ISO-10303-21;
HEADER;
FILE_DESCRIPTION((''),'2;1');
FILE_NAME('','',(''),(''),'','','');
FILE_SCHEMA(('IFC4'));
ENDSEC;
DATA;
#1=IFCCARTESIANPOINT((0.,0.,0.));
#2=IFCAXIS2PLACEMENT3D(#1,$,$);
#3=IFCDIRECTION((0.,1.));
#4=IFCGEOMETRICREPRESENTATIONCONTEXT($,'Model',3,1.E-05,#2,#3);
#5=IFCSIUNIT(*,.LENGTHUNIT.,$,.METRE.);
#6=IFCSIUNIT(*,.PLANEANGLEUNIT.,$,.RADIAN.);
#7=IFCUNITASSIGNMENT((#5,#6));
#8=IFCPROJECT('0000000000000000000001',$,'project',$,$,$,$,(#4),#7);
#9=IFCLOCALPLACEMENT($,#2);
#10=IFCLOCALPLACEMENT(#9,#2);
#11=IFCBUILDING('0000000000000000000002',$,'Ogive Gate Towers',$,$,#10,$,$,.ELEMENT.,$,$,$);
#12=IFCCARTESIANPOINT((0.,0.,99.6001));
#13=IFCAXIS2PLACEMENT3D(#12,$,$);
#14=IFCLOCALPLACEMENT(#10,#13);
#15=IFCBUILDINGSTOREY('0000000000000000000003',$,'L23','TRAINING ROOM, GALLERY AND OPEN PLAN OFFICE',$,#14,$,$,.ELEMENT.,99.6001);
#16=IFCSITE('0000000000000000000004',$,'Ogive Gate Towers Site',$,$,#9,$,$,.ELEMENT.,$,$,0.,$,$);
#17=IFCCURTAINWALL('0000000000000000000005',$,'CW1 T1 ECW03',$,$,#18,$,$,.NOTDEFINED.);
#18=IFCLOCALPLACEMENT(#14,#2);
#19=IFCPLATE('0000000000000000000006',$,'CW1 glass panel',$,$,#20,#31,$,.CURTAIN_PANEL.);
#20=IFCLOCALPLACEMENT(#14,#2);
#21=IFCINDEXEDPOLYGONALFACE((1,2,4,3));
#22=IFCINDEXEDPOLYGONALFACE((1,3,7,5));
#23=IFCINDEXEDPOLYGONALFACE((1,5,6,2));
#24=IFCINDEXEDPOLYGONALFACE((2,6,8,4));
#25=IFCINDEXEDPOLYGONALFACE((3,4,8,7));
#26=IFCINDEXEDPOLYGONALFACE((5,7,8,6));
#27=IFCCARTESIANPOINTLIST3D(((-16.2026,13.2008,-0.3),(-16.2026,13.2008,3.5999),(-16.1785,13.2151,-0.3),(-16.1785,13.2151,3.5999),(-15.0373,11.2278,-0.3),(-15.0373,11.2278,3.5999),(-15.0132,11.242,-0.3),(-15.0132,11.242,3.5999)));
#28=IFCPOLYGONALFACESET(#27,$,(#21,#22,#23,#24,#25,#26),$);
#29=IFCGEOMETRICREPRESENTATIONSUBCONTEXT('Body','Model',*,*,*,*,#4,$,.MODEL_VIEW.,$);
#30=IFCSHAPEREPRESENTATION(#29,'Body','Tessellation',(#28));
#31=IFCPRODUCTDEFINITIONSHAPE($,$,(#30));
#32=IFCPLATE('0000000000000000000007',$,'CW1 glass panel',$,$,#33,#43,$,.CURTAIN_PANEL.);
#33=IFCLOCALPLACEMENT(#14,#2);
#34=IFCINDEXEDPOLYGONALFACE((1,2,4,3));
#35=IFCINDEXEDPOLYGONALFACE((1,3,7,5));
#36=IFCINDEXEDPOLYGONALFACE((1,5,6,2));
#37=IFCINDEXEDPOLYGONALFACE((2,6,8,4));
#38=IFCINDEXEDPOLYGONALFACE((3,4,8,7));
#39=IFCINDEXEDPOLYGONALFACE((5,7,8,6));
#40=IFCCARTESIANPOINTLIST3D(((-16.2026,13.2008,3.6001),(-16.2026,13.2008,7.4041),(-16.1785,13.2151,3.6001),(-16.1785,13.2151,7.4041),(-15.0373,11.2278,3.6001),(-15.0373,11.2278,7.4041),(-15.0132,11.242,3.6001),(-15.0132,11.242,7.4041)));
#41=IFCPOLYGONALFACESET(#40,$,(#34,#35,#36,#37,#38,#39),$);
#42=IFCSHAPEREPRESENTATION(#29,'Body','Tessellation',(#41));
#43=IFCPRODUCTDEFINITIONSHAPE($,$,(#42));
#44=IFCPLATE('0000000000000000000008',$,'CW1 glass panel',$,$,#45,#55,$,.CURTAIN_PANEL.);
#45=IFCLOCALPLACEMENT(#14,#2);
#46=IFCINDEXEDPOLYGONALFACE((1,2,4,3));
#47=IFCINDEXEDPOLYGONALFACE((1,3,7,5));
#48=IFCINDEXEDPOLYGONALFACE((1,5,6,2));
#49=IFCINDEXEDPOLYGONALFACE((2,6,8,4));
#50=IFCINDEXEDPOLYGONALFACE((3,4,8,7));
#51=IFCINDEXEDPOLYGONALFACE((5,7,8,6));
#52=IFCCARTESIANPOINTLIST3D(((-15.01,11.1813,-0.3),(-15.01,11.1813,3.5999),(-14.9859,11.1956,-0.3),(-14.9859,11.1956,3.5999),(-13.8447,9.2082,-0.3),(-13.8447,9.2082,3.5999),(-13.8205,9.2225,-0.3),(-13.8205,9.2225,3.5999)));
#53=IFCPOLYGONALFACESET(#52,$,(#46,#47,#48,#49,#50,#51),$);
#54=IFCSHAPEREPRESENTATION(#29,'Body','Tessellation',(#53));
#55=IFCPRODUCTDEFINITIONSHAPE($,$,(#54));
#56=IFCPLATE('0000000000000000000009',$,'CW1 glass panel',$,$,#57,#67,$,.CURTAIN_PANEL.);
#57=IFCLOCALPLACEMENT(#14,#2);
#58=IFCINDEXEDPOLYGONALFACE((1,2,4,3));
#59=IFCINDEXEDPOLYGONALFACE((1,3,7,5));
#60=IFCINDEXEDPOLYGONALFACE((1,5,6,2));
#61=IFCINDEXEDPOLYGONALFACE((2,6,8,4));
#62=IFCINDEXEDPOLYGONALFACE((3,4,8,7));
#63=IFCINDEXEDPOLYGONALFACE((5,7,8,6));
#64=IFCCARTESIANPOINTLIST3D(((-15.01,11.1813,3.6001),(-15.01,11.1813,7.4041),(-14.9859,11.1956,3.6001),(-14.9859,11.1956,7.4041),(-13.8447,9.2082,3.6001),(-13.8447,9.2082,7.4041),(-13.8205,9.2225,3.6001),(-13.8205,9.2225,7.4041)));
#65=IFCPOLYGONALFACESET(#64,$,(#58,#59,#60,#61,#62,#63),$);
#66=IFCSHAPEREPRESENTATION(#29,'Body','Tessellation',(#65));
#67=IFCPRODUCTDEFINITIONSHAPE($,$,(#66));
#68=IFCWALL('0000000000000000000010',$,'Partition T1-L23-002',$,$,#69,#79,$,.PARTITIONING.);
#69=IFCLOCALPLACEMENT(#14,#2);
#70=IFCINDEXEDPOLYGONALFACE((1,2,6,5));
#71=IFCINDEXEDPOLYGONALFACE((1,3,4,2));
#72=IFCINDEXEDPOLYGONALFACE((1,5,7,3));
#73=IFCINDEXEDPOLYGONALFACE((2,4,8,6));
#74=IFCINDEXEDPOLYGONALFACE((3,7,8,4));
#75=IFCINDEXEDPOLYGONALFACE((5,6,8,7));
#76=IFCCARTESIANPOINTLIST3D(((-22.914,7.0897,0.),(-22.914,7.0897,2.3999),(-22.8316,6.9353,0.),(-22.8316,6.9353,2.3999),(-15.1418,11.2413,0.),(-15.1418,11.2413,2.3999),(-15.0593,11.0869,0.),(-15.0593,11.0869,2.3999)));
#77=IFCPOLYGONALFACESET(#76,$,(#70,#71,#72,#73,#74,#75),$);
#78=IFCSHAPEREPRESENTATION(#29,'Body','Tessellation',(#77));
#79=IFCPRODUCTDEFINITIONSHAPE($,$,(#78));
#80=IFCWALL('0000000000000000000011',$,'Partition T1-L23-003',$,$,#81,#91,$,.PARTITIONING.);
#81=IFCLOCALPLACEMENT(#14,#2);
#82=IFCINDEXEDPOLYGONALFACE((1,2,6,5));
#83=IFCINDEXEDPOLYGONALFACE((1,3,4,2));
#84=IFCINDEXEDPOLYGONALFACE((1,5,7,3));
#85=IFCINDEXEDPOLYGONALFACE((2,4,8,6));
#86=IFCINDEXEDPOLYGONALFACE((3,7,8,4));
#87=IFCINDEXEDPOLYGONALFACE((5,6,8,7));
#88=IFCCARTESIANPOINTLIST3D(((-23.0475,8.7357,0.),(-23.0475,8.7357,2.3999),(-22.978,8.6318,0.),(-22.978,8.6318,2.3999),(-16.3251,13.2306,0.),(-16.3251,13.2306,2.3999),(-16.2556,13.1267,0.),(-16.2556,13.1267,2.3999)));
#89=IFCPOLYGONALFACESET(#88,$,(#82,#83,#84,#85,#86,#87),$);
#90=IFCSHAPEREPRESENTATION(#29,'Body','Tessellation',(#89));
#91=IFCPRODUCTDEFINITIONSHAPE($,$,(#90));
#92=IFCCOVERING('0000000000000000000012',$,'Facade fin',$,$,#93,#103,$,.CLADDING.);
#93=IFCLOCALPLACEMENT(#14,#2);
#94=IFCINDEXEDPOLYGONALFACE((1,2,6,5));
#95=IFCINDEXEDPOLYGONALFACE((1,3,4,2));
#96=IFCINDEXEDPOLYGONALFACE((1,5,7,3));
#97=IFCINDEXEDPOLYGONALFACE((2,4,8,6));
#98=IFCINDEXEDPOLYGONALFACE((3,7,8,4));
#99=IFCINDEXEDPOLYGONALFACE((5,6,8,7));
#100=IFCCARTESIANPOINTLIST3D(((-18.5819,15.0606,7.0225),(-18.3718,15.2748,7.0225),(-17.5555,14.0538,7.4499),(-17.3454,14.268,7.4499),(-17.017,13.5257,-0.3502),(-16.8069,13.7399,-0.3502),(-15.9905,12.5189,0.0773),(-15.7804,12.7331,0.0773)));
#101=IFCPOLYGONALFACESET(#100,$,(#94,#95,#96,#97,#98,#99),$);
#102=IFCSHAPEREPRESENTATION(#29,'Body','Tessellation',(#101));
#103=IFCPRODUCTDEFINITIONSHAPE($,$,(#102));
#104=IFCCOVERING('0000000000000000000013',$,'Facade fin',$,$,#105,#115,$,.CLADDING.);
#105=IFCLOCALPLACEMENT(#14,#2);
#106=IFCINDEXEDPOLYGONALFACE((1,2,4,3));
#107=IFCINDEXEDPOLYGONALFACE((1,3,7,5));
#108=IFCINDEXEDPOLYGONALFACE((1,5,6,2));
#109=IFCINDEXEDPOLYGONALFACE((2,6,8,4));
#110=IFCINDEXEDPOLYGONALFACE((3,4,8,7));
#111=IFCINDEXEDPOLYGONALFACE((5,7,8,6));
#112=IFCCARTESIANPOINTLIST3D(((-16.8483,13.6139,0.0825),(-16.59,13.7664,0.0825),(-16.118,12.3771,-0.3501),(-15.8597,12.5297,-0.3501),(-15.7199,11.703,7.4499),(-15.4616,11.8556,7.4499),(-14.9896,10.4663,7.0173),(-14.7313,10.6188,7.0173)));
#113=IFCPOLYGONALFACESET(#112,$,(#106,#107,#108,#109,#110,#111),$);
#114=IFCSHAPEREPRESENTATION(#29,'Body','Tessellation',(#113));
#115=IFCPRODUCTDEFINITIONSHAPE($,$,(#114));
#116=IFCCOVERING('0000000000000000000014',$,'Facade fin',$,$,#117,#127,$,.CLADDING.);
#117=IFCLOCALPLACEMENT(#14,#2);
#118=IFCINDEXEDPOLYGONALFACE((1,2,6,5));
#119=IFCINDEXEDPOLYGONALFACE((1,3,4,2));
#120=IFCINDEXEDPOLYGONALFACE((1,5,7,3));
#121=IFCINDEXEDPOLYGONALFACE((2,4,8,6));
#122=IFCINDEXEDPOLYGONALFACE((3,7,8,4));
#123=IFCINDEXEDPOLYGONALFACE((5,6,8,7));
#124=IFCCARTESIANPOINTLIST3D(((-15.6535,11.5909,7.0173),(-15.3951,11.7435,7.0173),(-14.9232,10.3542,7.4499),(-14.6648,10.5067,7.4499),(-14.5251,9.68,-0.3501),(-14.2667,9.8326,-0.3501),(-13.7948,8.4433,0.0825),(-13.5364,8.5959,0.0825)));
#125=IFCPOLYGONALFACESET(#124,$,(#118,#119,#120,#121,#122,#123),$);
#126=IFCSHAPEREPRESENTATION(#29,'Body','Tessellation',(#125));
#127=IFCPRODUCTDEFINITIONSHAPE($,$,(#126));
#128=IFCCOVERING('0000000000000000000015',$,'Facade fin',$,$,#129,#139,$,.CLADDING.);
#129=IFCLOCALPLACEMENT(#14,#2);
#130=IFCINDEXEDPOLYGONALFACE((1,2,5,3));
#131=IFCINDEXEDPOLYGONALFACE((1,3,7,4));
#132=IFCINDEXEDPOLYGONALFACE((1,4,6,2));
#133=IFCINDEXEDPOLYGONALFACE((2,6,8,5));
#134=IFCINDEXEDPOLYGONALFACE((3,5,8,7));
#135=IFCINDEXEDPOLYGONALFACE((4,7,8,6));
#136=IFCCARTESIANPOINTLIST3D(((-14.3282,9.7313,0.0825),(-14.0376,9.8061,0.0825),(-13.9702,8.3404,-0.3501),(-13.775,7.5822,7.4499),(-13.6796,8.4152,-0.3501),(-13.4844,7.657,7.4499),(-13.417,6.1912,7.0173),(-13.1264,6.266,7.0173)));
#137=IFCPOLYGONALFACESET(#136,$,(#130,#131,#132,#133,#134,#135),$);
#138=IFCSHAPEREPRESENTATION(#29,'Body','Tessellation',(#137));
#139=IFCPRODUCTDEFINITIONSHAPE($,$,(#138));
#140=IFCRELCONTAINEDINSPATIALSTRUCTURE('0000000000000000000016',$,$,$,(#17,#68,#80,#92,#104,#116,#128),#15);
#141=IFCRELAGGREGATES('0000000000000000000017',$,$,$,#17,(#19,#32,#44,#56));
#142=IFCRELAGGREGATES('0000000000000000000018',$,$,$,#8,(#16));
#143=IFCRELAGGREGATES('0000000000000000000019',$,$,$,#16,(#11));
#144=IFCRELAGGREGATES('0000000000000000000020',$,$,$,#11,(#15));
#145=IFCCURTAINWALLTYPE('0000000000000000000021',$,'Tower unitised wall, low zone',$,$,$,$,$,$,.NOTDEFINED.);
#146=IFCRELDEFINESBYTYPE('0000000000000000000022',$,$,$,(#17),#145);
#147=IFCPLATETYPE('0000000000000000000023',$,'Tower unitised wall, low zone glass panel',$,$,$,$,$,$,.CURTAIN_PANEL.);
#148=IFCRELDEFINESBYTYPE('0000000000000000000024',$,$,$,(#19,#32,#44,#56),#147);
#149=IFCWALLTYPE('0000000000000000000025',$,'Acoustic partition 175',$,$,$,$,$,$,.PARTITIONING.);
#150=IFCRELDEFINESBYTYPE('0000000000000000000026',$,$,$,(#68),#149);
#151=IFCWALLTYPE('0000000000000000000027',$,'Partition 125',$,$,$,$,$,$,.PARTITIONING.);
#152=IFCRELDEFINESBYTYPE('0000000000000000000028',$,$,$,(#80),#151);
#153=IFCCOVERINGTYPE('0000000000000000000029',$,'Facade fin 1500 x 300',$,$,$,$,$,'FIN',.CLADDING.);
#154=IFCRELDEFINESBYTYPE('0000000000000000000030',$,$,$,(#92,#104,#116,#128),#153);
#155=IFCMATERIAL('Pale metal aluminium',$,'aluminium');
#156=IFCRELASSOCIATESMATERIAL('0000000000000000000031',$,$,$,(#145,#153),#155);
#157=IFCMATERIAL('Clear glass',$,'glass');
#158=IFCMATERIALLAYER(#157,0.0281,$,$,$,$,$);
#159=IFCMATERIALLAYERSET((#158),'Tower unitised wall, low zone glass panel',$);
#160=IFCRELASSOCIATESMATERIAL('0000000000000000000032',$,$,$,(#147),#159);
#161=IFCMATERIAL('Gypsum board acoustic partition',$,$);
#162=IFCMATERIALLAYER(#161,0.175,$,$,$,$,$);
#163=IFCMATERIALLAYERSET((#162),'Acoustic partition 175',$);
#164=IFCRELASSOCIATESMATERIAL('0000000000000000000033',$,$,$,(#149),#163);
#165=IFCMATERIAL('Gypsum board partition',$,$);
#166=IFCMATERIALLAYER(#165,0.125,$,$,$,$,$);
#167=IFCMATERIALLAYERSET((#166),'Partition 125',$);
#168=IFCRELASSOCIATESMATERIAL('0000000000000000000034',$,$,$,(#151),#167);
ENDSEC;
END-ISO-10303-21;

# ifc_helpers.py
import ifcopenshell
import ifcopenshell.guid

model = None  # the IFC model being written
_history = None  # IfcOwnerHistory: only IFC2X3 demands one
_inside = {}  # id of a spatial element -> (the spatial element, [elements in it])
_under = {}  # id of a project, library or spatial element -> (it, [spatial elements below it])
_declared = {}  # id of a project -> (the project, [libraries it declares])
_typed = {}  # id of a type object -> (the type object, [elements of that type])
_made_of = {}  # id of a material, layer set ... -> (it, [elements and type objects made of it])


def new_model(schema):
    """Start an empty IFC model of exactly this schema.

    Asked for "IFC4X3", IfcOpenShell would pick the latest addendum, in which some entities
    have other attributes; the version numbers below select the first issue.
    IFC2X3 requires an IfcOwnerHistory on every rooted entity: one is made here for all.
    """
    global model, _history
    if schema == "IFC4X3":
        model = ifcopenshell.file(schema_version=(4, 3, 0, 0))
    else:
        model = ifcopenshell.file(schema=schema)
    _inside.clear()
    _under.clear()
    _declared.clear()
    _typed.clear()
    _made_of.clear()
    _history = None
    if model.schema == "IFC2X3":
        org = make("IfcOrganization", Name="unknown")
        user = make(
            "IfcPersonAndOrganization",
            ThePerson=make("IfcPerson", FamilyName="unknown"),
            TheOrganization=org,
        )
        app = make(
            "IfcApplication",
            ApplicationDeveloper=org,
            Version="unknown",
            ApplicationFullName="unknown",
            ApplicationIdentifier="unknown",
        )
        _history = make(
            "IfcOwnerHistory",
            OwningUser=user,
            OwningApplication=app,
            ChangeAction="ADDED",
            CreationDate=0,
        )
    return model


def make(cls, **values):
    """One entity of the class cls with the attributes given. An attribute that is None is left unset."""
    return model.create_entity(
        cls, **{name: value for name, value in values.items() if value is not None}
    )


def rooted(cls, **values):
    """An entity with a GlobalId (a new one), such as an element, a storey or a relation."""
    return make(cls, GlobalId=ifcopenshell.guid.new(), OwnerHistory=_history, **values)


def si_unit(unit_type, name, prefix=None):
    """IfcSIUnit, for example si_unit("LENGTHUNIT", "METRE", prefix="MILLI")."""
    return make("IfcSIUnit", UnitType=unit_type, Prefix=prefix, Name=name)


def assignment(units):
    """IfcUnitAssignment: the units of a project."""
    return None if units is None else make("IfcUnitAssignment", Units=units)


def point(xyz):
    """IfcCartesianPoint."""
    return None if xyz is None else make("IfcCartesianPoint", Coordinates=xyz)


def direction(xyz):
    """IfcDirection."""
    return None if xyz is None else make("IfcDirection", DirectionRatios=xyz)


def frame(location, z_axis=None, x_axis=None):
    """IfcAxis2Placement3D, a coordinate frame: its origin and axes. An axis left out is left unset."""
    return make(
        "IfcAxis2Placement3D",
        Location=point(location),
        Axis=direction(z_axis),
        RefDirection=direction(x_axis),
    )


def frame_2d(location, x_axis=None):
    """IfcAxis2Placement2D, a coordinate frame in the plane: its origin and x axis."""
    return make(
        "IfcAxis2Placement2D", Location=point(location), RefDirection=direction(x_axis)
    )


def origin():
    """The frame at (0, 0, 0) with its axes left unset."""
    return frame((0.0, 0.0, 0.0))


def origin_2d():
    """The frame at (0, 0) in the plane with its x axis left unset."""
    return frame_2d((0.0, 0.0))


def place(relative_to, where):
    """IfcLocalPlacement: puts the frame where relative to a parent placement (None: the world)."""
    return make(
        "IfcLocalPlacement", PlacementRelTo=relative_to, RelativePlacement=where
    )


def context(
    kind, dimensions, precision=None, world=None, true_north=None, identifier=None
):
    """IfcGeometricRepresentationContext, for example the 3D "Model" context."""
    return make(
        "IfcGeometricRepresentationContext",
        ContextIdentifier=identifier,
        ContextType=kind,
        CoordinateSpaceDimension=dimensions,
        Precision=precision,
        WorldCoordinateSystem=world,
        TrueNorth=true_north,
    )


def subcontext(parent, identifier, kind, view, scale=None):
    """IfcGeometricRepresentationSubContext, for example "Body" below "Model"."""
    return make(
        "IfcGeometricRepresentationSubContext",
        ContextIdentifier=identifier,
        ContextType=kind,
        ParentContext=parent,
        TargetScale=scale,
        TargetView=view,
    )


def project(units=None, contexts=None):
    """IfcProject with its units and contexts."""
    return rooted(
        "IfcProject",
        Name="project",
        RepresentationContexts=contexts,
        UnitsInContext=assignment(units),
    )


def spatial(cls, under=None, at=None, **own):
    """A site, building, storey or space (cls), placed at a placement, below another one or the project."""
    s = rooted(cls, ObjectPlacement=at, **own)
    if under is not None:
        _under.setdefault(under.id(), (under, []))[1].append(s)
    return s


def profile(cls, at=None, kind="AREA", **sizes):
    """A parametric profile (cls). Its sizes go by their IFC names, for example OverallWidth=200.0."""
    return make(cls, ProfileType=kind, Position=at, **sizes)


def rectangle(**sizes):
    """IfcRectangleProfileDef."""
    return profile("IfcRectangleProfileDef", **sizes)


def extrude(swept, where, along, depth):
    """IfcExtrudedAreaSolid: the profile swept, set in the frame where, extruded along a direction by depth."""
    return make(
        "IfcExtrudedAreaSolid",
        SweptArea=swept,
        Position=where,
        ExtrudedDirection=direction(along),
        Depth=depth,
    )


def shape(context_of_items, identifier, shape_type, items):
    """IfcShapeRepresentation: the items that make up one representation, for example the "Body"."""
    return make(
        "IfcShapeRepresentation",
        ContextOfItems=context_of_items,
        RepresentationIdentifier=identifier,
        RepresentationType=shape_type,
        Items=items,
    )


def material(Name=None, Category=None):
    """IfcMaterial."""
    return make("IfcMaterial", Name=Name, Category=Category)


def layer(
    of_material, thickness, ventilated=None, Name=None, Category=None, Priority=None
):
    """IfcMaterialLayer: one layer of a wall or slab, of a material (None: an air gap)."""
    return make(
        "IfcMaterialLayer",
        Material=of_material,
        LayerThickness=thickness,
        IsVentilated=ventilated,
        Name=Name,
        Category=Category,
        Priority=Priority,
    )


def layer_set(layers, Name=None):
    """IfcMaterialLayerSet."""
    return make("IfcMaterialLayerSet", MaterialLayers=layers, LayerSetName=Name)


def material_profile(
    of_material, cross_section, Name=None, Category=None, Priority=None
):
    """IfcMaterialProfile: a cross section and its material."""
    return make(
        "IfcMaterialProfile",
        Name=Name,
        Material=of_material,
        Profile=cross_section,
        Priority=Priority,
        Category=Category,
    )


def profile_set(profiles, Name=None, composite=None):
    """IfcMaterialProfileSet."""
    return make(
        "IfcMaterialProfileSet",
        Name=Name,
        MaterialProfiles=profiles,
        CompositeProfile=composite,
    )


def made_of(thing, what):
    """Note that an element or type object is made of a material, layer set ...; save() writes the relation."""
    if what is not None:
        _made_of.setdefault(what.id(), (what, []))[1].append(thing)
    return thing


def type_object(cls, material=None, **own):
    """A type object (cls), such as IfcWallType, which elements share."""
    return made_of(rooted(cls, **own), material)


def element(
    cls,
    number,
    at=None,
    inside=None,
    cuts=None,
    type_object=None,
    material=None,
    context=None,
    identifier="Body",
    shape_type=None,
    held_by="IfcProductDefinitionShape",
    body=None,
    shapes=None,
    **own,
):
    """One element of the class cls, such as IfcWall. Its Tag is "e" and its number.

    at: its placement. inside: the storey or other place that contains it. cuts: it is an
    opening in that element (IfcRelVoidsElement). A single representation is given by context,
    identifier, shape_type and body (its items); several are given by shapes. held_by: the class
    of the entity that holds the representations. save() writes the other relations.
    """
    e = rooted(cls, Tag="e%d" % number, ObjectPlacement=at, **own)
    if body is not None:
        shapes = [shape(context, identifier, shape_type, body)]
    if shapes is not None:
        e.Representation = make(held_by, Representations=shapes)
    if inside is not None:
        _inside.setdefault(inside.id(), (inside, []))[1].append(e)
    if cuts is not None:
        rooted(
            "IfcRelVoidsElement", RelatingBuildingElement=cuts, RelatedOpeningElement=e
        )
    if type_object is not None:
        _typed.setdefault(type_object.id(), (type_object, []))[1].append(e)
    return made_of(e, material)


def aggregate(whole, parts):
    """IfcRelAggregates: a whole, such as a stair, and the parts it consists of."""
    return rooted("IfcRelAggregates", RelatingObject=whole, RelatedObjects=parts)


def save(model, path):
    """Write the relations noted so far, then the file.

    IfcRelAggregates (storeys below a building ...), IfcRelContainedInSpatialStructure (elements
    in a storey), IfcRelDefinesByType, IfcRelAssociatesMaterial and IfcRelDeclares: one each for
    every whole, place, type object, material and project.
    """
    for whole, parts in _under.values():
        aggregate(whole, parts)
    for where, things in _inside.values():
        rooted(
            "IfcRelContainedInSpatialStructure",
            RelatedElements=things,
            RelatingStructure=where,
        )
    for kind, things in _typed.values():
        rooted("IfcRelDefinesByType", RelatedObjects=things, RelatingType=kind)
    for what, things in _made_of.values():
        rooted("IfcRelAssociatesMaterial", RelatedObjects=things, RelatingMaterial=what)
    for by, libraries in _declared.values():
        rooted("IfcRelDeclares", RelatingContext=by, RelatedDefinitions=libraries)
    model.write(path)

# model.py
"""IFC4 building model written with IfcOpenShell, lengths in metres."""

from ifc_helpers import new_model, si_unit, direction, frame, frame_2d, origin, origin_2d, place, context, subcontext, project, spatial, rectangle, extrude, material, layer, layer_set, material_profile, profile_set, type_object, element, aggregate, save


model = new_model("IFC4")

# Units and contexts
model_context = context("Model", 3, precision=1e-05, world=origin(), true_north=direction((0.0, 1.0)))
body_context = subcontext(model_context, "Body", "Model", "MODEL_VIEW")
ifc_project = project(units=[si_unit("LENGTHUNIT", "METRE"), si_unit("PLANEANGLEUNIT", "RADIAN")], contexts=[model_context])

# Site, building, storey
site_placement = place(None, origin())
site = spatial("IfcSite", under=ifc_project, at=site_placement, Name="Ogive Gate Towers Site", CompositionType="ELEMENT", RefElevation=0.0)
building_placement = place(site_placement, origin())
building = spatial("IfcBuilding", under=site, at=building_placement, Name="Ogive Gate Towers", CompositionType="ELEMENT")
storey_placement = place(building_placement, frame((0.0, 0.0, 99.6001)))
storey = spatial("IfcBuildingStorey", under=building, at=storey_placement, Name="L23", Description="TRAINING ROOM, GALLERY AND OPEN PLAN OFFICE", CompositionType="ELEMENT", Elevation=99.6001)

# Curtain wall, plates
ifc_material_1 = material(Name="Pale metal aluminium", Category="aluminium")
curtain_wall_type = type_object("IfcCurtainWallType", Name="Tower unitised wall, low zone", PredefinedType="NOTDEFINED", material=ifc_material_1)
curtain_wall_placement = place(storey_placement, origin())
curtain_wall = element("IfcCurtainWall", 1, at=curtain_wall_placement, inside=storey, type_object=curtain_wall_type, Name="CW1 T1 ECW03", PredefinedType="NOTDEFINED")
ifc_material_2 = material(Name="Clear glass", Category="glass")
ifc_layer_1 = layer(ifc_material_2, 0.0281)
ifc_layer_set_1 = layer_set([ifc_layer_1], Name="Tower unitised wall, low zone glass panel")
plate_type = type_object("IfcPlateType", Name="Tower unitised wall, low zone glass panel", PredefinedType="CURTAIN_PANEL", material=ifc_layer_set_1)
plate_1_placement = place(storey_placement, frame((-15.6079, 12.2214, -0.3), z_axis=(0.0, 0.0, 1.0), x_axis=(0.508531, -0.861044, 0.0)))
plate_1 = element("IfcPlate", 2, at=plate_1_placement, type_object=plate_type, Name="CW1 glass panel", PredefinedType="CURTAIN_PANEL", context=body_context, shape_type="SweptSolid", body=[
    extrude(rectangle(XDim=2.2915, YDim=0.0281, at=origin_2d()), origin(), (0.0, 0.0, 1.0), 3.8999),
])
plate_2_placement = place(storey_placement, frame((-15.6079, 12.2214, 3.6001), z_axis=(0.0, 0.0, 1.0), x_axis=(0.508531, -0.861044, 0.0)))
plate_2 = element("IfcPlate", 3, at=plate_2_placement, type_object=plate_type, Name="CW1 glass panel", PredefinedType="CURTAIN_PANEL", context=body_context, shape_type="SweptSolid", body=[
    extrude(rectangle(XDim=2.2915, YDim=0.0281, at=origin_2d()), origin(), (0.0, 0.0, 1.0), 3.804),
])
plate_3_placement = place(storey_placement, frame((-14.4153, 10.2019, -0.3), z_axis=(0.0, 0.0, 1.0), x_axis=(0.508546, -0.861035, 0.0)))
plate_3 = element("IfcPlate", 4, at=plate_3_placement, type_object=plate_type, Name="CW1 glass panel", PredefinedType="CURTAIN_PANEL", context=body_context, shape_type="SweptSolid", body=[
    extrude(rectangle(XDim=2.2915, YDim=0.0281, at=origin_2d()), origin(), (0.0, 0.0, 1.0), 3.8999),
])
plate_4_placement = place(storey_placement, frame((-14.4153, 10.2019, 3.6001), z_axis=(0.0, 0.0, 1.0), x_axis=(0.508546, -0.861035, 0.0)))
plate_4 = element("IfcPlate", 5, at=plate_4_placement, type_object=plate_type, Name="CW1 glass panel", PredefinedType="CURTAIN_PANEL", context=body_context, shape_type="SweptSolid", body=[
    extrude(rectangle(XDim=2.2915, YDim=0.0281, at=origin_2d()), origin(), (0.0, 0.0, 1.0), 3.804),
])
aggregate(curtain_wall, [plate_1, plate_2, plate_3, plate_4])

# Walls
ifc_material_3 = material(Name="Gypsum board acoustic partition")
ifc_layer_2 = layer(ifc_material_3, 0.175)
ifc_layer_set_2 = layer_set([ifc_layer_2], Name="Acoustic partition 175")
wall_type_1 = type_object("IfcWallType", Name="Acoustic partition 175", PredefinedType="PARTITIONING", material=ifc_layer_set_2)
wall_1_placement = place(storey_placement, frame((-15.1006, 11.1641, 0.0), z_axis=(0.0, 0.0, 1.0), x_axis=(-0.88205, -0.471156, 0.0)))
element("IfcWall", 6, at=wall_1_placement, inside=storey, type_object=wall_type_1, Name="Partition T1-L23-002", PredefinedType="PARTITIONING", context=body_context, shape_type="SweptSolid", body=[
    extrude(rectangle(XDim=8.8115, YDim=0.175, at=frame_2d((4.4058, 0.0))), origin(), (0.0, 0.0, 1.0), 2.3999),
])
ifc_material_4 = material(Name="Gypsum board partition")
ifc_layer_3 = layer(ifc_material_4, 0.125)
ifc_layer_set_3 = layer_set([ifc_layer_3], Name="Partition 125")
wall_type_2 = type_object("IfcWallType", Name="Partition 125", PredefinedType="PARTITIONING", material=ifc_layer_set_3)
wall_2_placement = place(storey_placement, frame((-16.2903, 13.1787, 0.0), z_axis=(0.0, 0.0, 1.0), x_axis=(-0.831292, -0.555835, 0.0)))
element("IfcWall", 7, at=wall_2_placement, inside=storey, type_object=wall_type_2, Name="Partition T1-L23-003", PredefinedType="PARTITIONING", context=body_context, shape_type="SweptSolid", body=[
    extrude(rectangle(XDim=8.0867, YDim=0.125, at=frame_2d((4.0435, 0.0))), origin(), (0.0, 0.0, 1.0), 2.3999),
])

# Coverings
ifc_material_profile_1 = material_profile(ifc_material_1, rectangle(XDim=0.3, YDim=1.5, at=origin_2d()), Name="1500 x 300 pale metal aluminium")
ifc_profile_set_1 = profile_set([ifc_material_profile_1], Name="Pale metal aluminium")
covering_type = type_object("IfcCoveringType", Name="Facade fin 1500 x 300", ElementType="FIN", PredefinedType="CLADDING", material=ifc_profile_set_1)
covering_placement = place(storey_placement, frame((-16.3987, 13.1294, -0.1365), z_axis=(-0.203463, 0.199559, 0.95853), x_axis=(-0.700224, -0.713923, 0.0)))
element("IfcCovering", 8, at=covering_placement, inside=storey, type_object=covering_type, Name="Facade fin", PredefinedType="CLADDING", context=body_context, shape_type="SweptSolid", body=[
    extrude(rectangle(XDim=0.3, YDim=1.5, at=origin_2d()), origin(), (0.0, 0.0, 1.0), 7.6917),
])
for number, where, z_axis, x_axis, name in (
    (9, (-16.354, 13.0718, -0.1338), (0.146654, -0.248348, 0.957505), (0.861073, 0.508481, 0.0), "Facade fin"),
    (10, (-14.0308, 9.1379, -0.1338), (-0.146654, 0.248348, 0.957505), (-0.861073, -0.508481, 0.0), "Facade fin"),
    (11, (-14.0039, 9.0732, -0.1338), (0.071899, -0.279316, 0.957504), (0.96843, 0.249286, 0.0), "Facade fin"),
):
    element("IfcCovering", number, at=place(storey_placement, frame(where, z_axis=z_axis, x_axis=x_axis)), inside=storey, type_object=covering_type, Name=name, PredefinedType="CLADDING", context=body_context, shape_type="SweptSolid", body=[
        extrude(rectangle(XDim=0.3, YDim=1.5, at=origin_2d()), origin(), (0.0, 0.0, 1.0), 7.6943),
    ])

save(model, "model.ifc")
